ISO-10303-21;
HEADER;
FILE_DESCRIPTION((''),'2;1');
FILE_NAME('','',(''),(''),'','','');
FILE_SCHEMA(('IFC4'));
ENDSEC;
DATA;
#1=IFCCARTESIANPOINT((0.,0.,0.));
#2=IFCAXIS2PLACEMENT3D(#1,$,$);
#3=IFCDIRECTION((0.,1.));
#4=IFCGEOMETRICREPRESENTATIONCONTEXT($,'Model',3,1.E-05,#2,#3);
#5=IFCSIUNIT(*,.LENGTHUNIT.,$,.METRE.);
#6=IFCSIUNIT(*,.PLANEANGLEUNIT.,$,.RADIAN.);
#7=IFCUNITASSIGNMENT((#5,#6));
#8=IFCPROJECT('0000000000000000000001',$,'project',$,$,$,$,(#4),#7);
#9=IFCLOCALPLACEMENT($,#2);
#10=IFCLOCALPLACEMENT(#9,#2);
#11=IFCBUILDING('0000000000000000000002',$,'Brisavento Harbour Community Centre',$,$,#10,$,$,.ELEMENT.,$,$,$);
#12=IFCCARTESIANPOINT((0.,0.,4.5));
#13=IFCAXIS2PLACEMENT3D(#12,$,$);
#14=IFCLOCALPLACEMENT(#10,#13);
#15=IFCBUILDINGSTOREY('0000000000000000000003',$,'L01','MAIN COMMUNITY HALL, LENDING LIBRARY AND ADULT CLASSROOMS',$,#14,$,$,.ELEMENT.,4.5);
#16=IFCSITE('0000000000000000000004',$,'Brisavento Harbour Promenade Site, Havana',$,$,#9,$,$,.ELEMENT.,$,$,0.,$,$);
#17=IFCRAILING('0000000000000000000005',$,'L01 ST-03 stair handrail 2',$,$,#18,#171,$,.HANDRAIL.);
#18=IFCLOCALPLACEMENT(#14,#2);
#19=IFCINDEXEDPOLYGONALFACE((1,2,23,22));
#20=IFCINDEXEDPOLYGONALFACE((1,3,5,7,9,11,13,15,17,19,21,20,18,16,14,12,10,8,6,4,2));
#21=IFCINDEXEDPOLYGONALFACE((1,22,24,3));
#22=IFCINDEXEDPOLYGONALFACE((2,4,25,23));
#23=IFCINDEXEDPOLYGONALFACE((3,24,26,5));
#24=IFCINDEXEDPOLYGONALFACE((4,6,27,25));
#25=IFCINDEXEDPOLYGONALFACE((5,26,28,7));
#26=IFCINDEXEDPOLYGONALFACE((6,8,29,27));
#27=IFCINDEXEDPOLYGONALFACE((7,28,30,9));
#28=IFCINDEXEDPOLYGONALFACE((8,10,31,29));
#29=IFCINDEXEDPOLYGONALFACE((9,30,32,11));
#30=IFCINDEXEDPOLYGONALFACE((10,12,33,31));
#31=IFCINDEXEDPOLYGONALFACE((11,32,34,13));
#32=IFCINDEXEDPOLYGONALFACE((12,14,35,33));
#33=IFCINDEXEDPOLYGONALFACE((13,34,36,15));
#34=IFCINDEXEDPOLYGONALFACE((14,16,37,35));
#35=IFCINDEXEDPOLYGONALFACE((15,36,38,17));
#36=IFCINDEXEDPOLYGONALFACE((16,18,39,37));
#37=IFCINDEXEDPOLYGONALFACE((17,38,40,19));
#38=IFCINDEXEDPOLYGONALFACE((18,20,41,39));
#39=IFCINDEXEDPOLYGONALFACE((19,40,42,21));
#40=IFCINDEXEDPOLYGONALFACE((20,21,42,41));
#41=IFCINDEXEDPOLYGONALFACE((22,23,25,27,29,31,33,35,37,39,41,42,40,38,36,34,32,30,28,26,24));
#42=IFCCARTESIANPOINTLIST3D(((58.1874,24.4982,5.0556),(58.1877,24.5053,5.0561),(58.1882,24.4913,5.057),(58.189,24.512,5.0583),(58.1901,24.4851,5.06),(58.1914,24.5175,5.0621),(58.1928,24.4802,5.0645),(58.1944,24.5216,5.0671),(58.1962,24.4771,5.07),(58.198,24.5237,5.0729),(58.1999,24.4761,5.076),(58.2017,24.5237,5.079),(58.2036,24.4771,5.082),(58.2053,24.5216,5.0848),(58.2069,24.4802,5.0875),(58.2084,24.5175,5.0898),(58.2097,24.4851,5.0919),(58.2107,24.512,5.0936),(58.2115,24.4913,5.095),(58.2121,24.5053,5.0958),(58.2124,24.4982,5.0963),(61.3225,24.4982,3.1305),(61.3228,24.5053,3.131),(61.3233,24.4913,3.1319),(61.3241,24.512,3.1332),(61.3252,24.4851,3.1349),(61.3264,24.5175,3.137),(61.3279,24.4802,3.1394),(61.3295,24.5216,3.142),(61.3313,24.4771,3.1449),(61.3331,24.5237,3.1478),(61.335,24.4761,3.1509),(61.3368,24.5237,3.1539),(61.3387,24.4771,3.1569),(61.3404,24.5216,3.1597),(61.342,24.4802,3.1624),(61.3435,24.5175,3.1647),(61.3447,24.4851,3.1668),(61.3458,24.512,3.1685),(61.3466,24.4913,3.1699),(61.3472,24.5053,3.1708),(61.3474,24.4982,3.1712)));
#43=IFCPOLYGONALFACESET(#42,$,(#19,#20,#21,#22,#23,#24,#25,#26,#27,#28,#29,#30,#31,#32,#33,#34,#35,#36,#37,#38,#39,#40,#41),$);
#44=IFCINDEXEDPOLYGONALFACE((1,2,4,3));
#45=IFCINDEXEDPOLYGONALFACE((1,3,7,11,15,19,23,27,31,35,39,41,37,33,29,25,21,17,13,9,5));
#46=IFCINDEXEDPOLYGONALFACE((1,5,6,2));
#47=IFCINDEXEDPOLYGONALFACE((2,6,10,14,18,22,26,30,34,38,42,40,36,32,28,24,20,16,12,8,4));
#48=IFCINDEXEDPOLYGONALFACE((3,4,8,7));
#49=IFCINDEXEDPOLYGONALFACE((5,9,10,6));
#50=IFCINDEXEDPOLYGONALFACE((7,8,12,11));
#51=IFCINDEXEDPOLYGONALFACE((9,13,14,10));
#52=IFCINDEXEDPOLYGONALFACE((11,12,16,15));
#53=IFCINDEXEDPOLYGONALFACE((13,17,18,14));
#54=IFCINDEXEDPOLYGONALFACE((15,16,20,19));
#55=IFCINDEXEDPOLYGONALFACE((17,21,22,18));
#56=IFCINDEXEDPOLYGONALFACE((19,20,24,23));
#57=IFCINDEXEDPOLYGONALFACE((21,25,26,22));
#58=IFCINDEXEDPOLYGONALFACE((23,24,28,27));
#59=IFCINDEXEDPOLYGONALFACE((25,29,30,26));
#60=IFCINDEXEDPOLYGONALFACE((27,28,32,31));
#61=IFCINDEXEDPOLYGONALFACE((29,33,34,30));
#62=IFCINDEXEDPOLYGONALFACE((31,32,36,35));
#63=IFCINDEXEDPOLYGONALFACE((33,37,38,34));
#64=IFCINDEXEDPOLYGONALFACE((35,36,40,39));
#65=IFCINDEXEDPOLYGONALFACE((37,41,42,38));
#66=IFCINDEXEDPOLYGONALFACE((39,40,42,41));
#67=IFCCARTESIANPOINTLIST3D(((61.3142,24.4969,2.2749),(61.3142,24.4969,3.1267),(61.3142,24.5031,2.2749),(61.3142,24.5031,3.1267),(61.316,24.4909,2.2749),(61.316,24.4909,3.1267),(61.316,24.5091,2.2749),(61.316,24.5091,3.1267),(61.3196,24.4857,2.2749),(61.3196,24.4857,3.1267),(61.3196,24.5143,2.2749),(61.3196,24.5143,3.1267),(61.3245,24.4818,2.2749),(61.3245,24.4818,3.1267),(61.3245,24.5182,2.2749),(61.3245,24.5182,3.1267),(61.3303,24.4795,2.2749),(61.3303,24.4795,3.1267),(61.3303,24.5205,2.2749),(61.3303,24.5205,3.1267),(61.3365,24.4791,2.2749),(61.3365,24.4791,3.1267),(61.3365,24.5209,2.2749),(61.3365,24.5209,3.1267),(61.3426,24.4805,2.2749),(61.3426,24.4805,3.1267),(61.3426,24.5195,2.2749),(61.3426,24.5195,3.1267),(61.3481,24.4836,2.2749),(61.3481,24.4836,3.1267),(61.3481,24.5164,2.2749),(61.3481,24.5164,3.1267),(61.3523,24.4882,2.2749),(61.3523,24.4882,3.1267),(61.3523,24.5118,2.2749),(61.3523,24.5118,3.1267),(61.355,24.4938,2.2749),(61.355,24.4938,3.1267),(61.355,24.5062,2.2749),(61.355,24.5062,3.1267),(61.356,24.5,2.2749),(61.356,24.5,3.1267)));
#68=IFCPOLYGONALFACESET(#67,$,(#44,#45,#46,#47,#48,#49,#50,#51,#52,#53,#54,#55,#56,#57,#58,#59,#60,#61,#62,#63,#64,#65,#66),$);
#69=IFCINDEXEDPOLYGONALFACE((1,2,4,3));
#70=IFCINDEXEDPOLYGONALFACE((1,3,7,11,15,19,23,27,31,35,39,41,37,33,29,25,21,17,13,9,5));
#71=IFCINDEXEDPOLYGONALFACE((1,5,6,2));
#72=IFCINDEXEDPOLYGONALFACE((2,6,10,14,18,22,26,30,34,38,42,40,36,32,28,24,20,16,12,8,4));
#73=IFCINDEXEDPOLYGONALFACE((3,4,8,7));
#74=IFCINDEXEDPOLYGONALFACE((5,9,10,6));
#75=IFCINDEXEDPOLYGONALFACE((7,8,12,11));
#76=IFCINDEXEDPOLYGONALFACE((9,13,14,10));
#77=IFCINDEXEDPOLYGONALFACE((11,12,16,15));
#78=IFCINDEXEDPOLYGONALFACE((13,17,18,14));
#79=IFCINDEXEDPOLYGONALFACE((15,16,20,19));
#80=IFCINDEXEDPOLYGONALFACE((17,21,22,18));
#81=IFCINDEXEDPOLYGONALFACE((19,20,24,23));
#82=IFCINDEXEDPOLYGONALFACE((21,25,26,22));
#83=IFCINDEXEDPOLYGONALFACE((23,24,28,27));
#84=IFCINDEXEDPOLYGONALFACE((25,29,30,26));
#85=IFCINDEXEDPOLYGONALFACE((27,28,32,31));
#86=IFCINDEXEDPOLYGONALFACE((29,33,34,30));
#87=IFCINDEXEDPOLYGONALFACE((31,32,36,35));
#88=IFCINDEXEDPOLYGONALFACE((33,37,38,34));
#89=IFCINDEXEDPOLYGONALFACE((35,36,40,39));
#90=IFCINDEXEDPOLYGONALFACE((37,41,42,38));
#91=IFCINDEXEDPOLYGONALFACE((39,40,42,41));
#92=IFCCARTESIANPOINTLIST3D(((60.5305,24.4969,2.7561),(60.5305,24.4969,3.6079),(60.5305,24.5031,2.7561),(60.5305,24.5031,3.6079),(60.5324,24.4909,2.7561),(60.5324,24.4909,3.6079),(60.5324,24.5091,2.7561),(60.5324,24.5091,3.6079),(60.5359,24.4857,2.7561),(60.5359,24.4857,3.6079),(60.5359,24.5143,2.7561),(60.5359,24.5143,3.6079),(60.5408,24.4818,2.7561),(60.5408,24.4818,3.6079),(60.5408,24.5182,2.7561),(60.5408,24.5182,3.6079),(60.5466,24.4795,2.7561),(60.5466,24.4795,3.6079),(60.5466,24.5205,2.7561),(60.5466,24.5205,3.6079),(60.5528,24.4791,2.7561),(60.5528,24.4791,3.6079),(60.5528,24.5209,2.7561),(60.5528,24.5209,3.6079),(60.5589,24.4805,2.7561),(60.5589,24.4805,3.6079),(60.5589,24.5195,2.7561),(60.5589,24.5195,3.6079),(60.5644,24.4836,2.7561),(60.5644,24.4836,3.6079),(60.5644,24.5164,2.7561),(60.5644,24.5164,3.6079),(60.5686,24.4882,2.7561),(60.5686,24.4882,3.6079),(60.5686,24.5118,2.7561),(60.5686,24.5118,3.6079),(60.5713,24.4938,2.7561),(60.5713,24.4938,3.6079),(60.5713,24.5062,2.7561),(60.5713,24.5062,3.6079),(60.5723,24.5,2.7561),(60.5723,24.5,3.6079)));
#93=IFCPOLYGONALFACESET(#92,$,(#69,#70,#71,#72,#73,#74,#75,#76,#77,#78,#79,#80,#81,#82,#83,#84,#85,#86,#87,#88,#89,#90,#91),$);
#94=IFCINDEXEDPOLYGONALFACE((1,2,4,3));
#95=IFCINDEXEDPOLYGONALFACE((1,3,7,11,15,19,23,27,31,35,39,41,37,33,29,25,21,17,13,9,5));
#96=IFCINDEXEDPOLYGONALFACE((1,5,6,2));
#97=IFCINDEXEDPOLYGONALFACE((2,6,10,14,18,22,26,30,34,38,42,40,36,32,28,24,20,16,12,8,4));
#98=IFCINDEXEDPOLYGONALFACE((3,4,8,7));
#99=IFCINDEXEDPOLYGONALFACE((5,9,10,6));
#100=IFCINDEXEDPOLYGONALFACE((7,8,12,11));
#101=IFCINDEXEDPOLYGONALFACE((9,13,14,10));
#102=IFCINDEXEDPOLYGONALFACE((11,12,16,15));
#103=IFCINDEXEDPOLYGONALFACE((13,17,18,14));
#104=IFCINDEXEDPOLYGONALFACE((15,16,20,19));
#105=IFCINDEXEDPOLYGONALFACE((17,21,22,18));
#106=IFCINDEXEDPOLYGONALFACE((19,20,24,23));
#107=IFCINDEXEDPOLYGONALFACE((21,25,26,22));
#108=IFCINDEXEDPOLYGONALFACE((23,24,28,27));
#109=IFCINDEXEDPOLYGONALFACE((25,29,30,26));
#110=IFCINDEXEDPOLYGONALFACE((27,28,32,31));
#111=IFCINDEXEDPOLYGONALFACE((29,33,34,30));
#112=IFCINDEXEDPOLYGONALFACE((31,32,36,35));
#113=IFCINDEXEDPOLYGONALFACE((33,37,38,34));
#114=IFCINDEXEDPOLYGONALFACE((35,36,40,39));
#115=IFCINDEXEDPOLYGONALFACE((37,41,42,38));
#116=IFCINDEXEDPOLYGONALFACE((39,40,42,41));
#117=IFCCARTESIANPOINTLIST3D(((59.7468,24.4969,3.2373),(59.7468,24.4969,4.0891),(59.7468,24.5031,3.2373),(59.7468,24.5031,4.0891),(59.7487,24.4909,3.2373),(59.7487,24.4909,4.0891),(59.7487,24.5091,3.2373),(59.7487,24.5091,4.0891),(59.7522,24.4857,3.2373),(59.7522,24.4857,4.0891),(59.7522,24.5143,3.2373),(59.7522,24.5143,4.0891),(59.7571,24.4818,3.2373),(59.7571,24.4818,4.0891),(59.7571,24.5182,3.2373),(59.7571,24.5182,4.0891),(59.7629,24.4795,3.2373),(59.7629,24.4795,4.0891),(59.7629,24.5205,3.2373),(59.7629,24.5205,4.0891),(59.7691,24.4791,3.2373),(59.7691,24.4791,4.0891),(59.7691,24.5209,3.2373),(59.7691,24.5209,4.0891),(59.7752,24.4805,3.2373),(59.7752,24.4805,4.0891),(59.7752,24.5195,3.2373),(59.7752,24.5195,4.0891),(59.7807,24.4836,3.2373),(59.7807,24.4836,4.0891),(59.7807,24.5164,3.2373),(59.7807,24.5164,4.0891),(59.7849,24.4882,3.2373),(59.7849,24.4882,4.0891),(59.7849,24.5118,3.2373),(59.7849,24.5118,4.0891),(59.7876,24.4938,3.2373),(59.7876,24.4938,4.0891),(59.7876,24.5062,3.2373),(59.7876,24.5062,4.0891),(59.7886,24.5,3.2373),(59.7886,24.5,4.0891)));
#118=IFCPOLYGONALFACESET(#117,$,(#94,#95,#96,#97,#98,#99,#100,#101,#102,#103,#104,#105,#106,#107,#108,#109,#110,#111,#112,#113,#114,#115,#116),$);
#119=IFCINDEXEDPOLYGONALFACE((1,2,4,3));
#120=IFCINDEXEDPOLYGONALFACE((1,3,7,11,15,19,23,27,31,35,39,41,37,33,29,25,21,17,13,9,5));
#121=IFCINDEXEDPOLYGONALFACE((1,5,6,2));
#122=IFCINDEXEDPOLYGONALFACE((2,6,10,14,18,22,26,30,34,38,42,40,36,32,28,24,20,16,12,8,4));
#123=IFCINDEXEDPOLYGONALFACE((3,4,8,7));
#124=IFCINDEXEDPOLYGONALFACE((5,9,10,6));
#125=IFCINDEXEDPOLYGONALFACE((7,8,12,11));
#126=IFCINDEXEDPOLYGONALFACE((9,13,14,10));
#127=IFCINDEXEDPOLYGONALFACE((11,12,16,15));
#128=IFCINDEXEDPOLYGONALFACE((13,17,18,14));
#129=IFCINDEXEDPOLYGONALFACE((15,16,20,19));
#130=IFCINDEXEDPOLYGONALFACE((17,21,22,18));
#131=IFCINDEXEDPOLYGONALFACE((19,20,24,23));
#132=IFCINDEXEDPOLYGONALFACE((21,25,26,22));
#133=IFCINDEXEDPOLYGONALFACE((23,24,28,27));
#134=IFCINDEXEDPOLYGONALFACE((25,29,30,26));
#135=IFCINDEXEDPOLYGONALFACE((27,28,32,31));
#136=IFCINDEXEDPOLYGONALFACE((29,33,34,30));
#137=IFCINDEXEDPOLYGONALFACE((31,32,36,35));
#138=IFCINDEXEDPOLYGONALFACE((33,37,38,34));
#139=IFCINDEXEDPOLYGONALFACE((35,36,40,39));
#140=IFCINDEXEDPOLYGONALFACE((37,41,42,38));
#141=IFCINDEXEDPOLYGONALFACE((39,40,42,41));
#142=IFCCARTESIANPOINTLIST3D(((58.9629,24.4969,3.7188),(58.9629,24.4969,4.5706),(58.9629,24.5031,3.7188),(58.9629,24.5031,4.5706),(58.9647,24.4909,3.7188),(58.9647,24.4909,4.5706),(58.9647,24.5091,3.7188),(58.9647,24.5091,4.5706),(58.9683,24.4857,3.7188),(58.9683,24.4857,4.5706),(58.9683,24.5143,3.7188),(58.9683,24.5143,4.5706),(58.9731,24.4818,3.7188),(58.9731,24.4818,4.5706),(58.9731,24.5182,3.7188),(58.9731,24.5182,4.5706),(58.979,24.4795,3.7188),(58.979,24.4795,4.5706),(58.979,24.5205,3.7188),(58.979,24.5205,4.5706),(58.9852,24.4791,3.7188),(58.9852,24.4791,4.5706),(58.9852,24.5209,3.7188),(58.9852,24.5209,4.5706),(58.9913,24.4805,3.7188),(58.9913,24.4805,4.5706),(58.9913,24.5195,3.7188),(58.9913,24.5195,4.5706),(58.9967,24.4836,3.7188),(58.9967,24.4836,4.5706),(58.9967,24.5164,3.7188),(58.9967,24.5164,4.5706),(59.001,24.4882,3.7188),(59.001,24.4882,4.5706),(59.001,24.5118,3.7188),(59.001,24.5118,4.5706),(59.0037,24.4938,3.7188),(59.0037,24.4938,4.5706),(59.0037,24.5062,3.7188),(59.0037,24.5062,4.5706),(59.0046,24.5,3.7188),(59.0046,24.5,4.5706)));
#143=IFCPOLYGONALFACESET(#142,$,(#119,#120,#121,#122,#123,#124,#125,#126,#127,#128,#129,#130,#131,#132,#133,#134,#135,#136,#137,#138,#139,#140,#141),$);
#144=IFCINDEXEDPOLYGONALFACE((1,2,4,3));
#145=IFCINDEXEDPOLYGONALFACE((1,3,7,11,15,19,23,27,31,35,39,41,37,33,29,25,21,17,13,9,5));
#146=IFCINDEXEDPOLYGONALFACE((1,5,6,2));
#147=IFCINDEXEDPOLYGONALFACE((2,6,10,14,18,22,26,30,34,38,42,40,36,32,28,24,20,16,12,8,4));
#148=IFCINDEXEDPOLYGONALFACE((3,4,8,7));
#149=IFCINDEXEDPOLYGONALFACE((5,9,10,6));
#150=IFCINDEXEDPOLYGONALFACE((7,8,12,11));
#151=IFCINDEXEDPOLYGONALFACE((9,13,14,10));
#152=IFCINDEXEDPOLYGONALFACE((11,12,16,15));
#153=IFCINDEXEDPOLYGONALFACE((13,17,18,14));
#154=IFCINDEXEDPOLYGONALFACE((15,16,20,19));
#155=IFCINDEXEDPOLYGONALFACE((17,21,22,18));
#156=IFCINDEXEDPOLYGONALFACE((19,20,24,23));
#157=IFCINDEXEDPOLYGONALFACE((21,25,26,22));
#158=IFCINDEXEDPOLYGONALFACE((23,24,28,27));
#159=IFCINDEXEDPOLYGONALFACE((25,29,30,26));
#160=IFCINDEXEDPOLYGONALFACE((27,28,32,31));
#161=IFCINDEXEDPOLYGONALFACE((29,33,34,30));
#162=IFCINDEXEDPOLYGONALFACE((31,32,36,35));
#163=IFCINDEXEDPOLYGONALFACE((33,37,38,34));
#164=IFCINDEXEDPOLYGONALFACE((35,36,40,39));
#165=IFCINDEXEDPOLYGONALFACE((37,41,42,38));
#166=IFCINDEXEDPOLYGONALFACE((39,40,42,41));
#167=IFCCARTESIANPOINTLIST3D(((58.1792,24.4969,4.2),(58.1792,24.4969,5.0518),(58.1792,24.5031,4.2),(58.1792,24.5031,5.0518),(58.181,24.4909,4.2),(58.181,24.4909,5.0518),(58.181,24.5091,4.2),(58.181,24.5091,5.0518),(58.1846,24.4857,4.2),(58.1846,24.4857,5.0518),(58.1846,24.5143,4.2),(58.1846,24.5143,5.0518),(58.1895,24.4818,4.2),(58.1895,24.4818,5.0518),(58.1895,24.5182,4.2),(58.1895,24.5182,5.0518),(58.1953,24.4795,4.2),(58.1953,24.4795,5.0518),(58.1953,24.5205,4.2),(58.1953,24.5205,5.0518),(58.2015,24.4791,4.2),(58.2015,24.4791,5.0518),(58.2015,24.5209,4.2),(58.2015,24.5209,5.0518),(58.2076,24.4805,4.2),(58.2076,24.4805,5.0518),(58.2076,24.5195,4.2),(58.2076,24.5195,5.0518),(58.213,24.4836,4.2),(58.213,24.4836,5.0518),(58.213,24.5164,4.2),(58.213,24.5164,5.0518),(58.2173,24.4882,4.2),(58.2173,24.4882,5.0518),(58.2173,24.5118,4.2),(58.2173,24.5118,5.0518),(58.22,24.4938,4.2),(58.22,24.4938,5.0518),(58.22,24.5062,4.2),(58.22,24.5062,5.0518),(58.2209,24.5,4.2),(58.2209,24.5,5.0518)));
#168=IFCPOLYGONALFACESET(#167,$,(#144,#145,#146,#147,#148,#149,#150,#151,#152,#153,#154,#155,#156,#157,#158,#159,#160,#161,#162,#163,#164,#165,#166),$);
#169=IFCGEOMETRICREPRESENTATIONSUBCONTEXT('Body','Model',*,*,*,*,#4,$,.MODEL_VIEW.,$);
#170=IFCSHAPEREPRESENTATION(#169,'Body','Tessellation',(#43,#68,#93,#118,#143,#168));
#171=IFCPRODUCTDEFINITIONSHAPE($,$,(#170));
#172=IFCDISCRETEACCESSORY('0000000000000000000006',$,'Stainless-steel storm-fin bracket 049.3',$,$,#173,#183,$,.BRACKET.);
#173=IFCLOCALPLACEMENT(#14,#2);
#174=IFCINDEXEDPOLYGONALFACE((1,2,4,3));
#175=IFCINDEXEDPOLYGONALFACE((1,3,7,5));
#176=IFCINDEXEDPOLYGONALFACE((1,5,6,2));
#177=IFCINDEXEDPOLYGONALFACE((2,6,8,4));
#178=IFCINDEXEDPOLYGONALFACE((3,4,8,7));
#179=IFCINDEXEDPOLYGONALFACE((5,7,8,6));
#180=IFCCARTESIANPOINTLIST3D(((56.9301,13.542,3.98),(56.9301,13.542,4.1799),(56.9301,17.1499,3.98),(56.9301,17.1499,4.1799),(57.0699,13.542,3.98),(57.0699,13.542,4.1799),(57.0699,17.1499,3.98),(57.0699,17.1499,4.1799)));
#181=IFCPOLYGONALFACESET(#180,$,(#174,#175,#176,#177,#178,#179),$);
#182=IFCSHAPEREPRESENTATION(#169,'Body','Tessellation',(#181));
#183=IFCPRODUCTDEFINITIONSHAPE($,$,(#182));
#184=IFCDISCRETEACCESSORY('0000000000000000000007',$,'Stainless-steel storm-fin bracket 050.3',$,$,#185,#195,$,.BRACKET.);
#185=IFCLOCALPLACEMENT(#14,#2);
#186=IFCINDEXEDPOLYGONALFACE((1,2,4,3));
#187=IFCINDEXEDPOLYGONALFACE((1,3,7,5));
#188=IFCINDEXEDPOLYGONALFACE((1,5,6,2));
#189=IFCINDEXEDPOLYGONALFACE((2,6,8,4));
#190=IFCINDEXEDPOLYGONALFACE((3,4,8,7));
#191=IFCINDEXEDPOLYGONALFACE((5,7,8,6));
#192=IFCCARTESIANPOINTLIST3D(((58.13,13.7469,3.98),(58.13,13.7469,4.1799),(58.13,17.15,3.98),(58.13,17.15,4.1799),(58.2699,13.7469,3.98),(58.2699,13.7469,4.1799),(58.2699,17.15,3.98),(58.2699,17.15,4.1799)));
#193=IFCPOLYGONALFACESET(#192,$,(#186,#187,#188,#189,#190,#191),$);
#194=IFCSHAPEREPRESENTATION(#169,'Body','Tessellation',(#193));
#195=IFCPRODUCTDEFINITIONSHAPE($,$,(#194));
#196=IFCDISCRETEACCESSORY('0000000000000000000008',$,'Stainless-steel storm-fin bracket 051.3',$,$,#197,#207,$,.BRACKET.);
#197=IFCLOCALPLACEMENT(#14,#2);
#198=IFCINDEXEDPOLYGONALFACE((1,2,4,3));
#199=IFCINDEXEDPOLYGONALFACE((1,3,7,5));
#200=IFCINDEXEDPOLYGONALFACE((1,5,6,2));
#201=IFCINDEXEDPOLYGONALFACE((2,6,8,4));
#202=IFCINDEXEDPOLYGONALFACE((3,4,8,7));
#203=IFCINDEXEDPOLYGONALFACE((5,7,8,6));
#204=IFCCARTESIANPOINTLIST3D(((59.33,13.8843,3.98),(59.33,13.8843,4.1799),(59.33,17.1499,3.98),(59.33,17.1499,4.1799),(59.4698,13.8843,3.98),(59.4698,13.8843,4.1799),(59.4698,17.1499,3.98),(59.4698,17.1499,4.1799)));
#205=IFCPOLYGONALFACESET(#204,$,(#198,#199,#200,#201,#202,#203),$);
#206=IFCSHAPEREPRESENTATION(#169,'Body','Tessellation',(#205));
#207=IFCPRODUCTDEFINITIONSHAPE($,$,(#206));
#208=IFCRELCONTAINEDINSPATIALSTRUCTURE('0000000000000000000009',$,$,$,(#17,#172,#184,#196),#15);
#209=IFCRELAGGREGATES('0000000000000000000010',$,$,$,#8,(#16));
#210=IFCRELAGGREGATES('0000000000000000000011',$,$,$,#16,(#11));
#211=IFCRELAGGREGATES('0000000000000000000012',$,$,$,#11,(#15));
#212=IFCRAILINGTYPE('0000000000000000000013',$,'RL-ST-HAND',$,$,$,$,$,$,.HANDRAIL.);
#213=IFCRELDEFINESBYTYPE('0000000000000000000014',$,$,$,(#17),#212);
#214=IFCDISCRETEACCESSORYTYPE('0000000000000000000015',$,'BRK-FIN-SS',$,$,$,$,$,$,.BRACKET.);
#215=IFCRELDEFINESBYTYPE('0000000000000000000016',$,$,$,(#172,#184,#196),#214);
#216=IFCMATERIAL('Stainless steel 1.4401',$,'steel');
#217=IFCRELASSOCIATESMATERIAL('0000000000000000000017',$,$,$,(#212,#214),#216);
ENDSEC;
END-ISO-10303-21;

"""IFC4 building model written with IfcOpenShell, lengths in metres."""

from ifc_helpers import new_model, si_unit, direction, frame, origin, origin_2d, place, context, subcontext, project, spatial, rectangle, circle, extrude, material, type_object, element, save


model = new_model("IFC4")

# Units and contexts
model_context = context("Model", 3, precision=1e-05, world=origin(), true_north=direction((0.0, 1.0)))
body_context = subcontext(model_context, "Body", "Model", "MODEL_VIEW")
ifc_project = project(units=[si_unit("LENGTHUNIT", "METRE"), si_unit("PLANEANGLEUNIT", "RADIAN")], contexts=[model_context])

# Site, building, storey
site_placement = place(None, origin())
site = spatial("IfcSite", under=ifc_project, at=site_placement, Name="Brisavento Harbour Promenade Site, Havana", CompositionType="ELEMENT", RefElevation=0.0)
building_placement = place(site_placement, origin())
building = spatial("IfcBuilding", under=site, at=building_placement, Name="Brisavento Harbour Community Centre", CompositionType="ELEMENT")
storey_placement = place(building_placement, frame((0.0, 0.0, 4.5)))
storey = spatial("IfcBuildingStorey", under=building, at=storey_placement, Name="L01", Description="MAIN COMMUNITY HALL, LENDING LIBRARY AND ADULT CLASSROOMS", CompositionType="ELEMENT", Elevation=4.5)

# Shared definitions
ifc_material_1 = material(Name="Stainless steel 1.4401", Category="steel")

# Railing
railing_type_1 = type_object("IfcRailingType", Name="RL-ST-HAND", PredefinedType="HANDRAIL", material=ifc_material_1)
railing_1_placement = place(storey_placement, frame((61.335, 24.5, 2.2749)))
element("IfcRailing", 1, at=railing_1_placement, inside=storey, type_object=railing_type_1, Name="L01 ST-03 stair handrail 2", PredefinedType="HANDRAIL", context=body_context, shape_type="SweptSolid", body=[
    extrude(circle(Radius=0.0239, at=origin_2d()), frame((0.0, 0.0, 0.876), z_axis=(-0.852166, 0.0, 0.523271), x_axis=(0.0, -1.0, 0.0)), (0.0, 0.0, 1.0), 3.679),
    extrude(circle(Radius=0.021, at=origin_2d()), origin(), (0.0, 0.0, 1.0), 0.8518),
    extrude(circle(Radius=0.021, at=origin_2d()), frame((-0.7837, 0.0, 0.4812)), (0.0, 0.0, 1.0), 0.8518),
    extrude(circle(Radius=0.021, at=origin_2d()), frame((-1.5674, 0.0, 0.9624)), (0.0, 0.0, 1.0), 0.8518),
    extrude(circle(Radius=0.021, at=origin_2d()), frame((-2.3513, 0.0, 1.4438)), (0.0, 0.0, 1.0), 0.8518),
    extrude(circle(Radius=0.021, at=origin_2d()), frame((-3.135, 0.0, 1.925)), (0.0, 0.0, 1.0), 0.8518),
])

# Discrete accessories
discrete_accessory_type = type_object("IfcDiscreteAccessoryType", Name="BRK-FIN-SS", PredefinedType="BRACKET", material=ifc_material_1)
discrete_accessory_1_placement = place(storey_placement, frame((57.0, 15.3459, 3.98), z_axis=(0.0, 0.0, 1.0), x_axis=(0.0, -1.0, 0.0)))
element("IfcDiscreteAccessory", 2, at=discrete_accessory_1_placement, inside=storey, type_object=discrete_accessory_type, Name="Stainless-steel storm-fin bracket 049.3", PredefinedType="BRACKET", context=body_context, shape_type="SweptSolid", body=[
    extrude(rectangle(XDim=3.6079, YDim=0.1399, at=origin_2d()), origin(), (0.0, 0.0, 1.0), 0.2),
])
discrete_accessory_2_placement = place(storey_placement, frame((58.2, 15.4485, 3.98), z_axis=(0.0, 0.0, 1.0), x_axis=(0.0, -1.0, 0.0)))
element("IfcDiscreteAccessory", 3, at=discrete_accessory_2_placement, inside=storey, type_object=discrete_accessory_type, Name="Stainless-steel storm-fin bracket 050.3", PredefinedType="BRACKET", context=body_context, shape_type="SweptSolid", body=[
    extrude(rectangle(XDim=3.4031, YDim=0.1399, at=origin_2d()), origin(), (0.0, 0.0, 1.0), 0.2),
])
discrete_accessory_3_placement = place(storey_placement, frame((59.3999, 15.5171, 3.98), z_axis=(0.0, 0.0, 1.0), x_axis=(0.0, -1.0, 0.0)))
element("IfcDiscreteAccessory", 4, at=discrete_accessory_3_placement, inside=storey, type_object=discrete_accessory_type, Name="Stainless-steel storm-fin bracket 051.3", PredefinedType="BRACKET", context=body_context, shape_type="SweptSolid", body=[
    extrude(rectangle(XDim=3.2656, YDim=0.1399, at=origin_2d()), origin(), (0.0, 0.0, 1.0), 0.2),
])

save(model, "model.ifc")
